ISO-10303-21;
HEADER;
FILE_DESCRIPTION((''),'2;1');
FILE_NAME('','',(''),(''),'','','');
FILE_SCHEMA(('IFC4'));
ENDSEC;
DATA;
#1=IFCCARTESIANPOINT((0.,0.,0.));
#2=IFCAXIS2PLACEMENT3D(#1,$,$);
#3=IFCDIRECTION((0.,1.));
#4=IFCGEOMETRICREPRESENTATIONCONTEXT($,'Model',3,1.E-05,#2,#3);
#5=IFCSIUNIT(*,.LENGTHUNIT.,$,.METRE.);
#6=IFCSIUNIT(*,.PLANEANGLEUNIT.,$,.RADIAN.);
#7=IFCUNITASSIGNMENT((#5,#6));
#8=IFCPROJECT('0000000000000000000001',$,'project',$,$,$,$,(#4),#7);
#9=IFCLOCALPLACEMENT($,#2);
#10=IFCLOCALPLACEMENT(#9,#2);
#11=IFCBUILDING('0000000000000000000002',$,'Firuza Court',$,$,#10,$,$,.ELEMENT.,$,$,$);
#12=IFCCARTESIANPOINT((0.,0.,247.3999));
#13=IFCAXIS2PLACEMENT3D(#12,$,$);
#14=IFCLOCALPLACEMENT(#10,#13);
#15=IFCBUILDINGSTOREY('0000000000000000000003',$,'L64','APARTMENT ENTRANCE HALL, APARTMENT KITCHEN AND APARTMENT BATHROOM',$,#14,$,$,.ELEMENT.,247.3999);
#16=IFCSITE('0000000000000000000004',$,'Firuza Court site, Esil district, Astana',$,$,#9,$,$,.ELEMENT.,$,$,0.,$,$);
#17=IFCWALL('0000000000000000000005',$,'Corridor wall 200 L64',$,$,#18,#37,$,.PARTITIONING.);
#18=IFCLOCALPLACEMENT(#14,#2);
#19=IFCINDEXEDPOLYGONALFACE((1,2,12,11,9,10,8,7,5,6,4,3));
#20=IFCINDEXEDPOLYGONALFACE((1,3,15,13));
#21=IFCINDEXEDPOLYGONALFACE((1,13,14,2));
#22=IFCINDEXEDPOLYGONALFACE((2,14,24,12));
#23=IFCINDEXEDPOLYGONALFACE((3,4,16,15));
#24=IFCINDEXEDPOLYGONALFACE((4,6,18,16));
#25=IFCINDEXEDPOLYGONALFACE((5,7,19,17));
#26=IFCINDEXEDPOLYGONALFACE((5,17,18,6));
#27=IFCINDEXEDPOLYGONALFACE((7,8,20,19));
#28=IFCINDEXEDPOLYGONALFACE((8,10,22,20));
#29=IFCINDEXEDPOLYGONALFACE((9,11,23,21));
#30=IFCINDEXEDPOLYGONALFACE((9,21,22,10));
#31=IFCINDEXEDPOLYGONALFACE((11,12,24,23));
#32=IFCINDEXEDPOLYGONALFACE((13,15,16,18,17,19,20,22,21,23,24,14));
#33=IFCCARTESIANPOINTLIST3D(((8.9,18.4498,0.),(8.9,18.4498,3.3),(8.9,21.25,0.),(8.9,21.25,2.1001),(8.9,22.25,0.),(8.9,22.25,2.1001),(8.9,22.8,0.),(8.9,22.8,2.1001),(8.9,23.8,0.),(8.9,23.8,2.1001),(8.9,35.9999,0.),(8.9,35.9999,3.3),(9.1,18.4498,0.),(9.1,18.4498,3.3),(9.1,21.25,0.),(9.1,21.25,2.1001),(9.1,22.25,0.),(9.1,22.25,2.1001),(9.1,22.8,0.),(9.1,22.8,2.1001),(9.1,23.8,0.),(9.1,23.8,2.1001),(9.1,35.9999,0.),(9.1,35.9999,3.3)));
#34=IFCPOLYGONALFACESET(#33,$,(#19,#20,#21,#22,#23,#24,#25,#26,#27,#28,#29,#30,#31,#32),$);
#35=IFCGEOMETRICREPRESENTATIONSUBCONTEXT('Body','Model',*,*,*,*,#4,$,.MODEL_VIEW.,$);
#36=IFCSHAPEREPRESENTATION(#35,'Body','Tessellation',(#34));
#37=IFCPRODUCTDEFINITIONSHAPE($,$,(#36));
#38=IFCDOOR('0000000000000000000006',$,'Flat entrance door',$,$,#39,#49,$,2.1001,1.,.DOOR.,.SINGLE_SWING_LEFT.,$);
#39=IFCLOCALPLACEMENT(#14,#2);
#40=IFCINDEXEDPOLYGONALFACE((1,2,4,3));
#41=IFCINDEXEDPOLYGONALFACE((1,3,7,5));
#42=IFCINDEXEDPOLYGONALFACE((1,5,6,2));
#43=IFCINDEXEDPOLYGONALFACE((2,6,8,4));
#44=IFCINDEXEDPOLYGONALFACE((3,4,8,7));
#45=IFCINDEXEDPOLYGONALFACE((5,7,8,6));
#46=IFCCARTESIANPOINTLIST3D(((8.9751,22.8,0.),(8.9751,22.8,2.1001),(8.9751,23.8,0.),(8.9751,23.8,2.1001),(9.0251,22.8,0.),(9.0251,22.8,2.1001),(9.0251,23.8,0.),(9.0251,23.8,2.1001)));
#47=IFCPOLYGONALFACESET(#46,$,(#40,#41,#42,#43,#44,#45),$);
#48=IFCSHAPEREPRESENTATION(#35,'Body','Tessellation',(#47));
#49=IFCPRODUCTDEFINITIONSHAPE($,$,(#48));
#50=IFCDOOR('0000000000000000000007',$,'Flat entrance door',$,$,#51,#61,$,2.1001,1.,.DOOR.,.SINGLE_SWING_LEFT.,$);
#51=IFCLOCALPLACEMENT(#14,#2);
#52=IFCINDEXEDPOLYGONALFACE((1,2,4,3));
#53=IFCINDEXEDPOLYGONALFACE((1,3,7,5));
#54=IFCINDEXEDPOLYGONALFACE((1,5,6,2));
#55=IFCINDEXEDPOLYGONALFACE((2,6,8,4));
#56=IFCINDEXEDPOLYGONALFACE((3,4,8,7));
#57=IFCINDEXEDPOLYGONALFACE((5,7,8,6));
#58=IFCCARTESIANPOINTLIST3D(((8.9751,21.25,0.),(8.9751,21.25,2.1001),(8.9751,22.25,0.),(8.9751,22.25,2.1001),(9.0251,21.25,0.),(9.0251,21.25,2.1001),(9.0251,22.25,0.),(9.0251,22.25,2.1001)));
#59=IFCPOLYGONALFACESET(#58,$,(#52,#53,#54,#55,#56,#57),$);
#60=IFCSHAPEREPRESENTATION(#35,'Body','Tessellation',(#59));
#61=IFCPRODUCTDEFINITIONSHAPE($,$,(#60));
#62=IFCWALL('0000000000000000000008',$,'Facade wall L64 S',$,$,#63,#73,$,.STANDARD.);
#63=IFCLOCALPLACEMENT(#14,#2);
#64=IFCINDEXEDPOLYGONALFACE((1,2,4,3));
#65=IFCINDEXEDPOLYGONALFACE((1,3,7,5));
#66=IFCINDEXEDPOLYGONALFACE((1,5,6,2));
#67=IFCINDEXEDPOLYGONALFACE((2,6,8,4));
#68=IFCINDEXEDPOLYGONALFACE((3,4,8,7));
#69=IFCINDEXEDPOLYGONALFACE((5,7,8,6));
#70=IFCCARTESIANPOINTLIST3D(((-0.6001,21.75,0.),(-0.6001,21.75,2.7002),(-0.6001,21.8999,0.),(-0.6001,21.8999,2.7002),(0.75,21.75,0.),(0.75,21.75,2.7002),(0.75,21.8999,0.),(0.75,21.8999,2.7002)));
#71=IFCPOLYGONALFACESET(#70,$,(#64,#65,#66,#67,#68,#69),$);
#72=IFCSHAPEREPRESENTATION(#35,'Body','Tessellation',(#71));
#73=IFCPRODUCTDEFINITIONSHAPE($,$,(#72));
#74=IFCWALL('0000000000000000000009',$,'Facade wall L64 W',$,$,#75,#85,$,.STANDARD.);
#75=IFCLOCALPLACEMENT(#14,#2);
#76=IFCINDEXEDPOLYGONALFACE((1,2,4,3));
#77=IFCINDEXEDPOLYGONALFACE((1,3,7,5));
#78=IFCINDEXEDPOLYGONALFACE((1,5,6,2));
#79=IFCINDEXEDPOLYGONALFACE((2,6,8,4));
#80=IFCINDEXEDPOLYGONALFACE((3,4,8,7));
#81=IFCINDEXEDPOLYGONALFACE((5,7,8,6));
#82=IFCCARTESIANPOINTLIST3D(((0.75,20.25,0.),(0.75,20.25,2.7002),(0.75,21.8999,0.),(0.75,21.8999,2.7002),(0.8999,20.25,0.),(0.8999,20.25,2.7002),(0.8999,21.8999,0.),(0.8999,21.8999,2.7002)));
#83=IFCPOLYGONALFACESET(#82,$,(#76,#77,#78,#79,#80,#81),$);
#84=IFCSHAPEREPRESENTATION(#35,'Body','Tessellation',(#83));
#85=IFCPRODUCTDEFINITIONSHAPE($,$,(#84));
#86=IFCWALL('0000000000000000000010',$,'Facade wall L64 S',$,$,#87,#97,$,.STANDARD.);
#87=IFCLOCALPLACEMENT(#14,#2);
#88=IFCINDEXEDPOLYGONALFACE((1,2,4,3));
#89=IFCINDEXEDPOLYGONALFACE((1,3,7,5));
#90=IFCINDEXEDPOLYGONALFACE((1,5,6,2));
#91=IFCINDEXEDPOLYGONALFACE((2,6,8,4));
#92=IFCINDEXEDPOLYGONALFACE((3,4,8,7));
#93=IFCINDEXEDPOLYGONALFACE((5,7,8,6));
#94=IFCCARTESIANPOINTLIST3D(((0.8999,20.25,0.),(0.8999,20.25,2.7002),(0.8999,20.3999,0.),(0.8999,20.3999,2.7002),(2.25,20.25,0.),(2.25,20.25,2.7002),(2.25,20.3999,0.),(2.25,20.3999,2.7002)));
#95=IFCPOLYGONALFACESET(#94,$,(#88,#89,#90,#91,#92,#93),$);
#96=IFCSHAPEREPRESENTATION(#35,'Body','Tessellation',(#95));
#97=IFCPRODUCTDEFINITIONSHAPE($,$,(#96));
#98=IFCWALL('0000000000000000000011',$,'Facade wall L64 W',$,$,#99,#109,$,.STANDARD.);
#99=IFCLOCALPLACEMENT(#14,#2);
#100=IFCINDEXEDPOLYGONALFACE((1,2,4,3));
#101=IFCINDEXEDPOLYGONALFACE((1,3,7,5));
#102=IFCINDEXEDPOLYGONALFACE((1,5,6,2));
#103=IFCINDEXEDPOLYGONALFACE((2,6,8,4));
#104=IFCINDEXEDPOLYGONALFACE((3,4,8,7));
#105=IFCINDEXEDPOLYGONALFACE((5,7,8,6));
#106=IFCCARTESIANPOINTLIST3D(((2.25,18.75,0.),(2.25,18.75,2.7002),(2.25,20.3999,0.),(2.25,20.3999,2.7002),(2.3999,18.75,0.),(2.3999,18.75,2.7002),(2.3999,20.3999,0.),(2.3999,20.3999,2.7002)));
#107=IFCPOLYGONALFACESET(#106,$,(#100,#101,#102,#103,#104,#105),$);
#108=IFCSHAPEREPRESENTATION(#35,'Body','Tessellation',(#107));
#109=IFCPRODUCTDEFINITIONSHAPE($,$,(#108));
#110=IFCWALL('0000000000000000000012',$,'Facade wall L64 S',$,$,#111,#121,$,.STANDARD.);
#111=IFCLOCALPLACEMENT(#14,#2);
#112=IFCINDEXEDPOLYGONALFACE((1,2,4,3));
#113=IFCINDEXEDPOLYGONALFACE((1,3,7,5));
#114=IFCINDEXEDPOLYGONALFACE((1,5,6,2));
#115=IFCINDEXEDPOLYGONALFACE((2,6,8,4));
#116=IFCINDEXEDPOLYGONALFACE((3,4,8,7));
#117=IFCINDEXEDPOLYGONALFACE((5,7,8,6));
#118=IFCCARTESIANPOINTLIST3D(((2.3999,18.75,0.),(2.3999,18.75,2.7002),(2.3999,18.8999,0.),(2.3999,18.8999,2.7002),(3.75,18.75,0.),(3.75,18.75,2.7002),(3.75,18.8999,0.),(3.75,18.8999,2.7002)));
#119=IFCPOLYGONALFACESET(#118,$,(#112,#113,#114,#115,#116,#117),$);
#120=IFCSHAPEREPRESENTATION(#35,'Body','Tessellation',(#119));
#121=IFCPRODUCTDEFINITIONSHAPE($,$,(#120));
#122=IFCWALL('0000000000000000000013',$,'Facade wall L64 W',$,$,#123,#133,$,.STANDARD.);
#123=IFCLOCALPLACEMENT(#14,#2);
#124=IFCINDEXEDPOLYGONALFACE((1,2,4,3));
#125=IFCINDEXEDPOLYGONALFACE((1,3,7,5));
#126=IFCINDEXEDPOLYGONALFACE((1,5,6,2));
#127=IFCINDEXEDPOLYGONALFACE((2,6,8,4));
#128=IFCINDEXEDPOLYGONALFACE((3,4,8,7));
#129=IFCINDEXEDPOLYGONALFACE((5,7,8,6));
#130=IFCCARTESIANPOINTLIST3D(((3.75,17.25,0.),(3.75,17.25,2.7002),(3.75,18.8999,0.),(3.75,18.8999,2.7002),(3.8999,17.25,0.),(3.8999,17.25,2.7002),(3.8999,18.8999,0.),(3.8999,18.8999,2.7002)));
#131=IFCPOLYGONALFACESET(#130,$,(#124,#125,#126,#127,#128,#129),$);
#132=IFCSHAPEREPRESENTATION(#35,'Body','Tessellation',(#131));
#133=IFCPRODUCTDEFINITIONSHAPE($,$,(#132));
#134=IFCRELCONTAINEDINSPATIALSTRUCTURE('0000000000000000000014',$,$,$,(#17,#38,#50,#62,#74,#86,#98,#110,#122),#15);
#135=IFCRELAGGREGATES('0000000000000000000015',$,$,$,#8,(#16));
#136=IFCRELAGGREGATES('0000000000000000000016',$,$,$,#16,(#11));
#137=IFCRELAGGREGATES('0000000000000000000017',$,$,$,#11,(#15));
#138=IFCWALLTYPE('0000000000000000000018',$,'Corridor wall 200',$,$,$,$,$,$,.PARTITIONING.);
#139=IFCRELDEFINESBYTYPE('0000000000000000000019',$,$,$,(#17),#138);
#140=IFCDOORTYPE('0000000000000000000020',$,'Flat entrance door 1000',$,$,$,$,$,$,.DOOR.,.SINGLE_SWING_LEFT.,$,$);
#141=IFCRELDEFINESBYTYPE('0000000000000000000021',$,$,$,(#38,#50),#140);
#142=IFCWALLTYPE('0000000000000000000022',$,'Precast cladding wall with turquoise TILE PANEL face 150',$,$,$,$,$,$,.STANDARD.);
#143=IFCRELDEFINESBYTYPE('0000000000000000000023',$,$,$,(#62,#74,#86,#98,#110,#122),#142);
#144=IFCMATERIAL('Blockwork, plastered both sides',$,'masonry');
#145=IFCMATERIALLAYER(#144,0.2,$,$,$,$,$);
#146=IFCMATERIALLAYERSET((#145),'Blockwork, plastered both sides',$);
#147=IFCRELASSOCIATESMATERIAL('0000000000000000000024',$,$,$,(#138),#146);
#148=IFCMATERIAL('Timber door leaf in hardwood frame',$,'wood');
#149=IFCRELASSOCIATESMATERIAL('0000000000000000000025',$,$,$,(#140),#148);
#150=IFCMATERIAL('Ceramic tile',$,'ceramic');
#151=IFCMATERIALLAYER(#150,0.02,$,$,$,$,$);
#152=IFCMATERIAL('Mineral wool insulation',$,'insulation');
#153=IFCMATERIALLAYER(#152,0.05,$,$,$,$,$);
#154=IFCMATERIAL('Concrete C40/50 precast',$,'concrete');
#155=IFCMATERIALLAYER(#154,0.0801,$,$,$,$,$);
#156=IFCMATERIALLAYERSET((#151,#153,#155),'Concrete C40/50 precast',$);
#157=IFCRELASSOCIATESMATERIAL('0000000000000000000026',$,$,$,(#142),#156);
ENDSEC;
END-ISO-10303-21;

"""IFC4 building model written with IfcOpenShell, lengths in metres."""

from ifc_helpers import new_model, si_unit, direction, frame, frame_2d, origin, place, context, subcontext, project, spatial, rectangle, extrude, material, layer, layer_set, type_object, element, fill, save


model = new_model("IFC4")

# Units and contexts
model_context = context("Model", 3, precision=1e-05, world=origin(), true_north=direction((0.0, 1.0)))
body_context = subcontext(model_context, "Body", "Model", "MODEL_VIEW")
ifc_project = project(units=[si_unit("LENGTHUNIT", "METRE"), si_unit("PLANEANGLEUNIT", "RADIAN")], contexts=[model_context])

# Site, building, storey
site_placement = place(None, origin())
site = spatial("IfcSite", under=ifc_project, at=site_placement, Name="Firuza Court site, Esil district, Astana", CompositionType="ELEMENT", RefElevation=0.0)
building_placement = place(site_placement, origin())
building = spatial("IfcBuilding", under=site, at=building_placement, Name="Firuza Court", CompositionType="ELEMENT")
storey_placement = place(building_placement, frame((0.0, 0.0, 247.3999)))
storey = spatial("IfcBuildingStorey", under=building, at=storey_placement, Name="L64", Description="APARTMENT ENTRANCE HALL, APARTMENT KITCHEN AND APARTMENT BATHROOM", CompositionType="ELEMENT", Elevation=247.3999)

# Shared definitions
ifc_material_1 = material(Name="Concrete C40/50 precast", Category="concrete")

# Shared definitions
ifc_material_2 = material(Name="Blockwork, plastered both sides", Category="masonry")
ifc_layer_1 = layer(ifc_material_2, 0.2)
ifc_layer_set_1 = layer_set([ifc_layer_1], Name="Blockwork, plastered both sides")
wall_type_1 = type_object("IfcWallType", Name="Corridor wall 200", PredefinedType="PARTITIONING", material=ifc_layer_set_1)

# Wall, openings, doors
wall_1_placement = place(storey_placement, frame((9.0, 18.45, 0.0), z_axis=(0.0, 0.0, 1.0), x_axis=(0.0, 1.0, 0.0)))
wall_1 = element("IfcWall", 1, at=wall_1_placement, inside=storey, type_object=wall_type_1, Name="Corridor wall 200 L64", PredefinedType="PARTITIONING", context=body_context, shape_type="SweptSolid", body=[
    extrude(rectangle(XDim=17.55, YDim=0.2, at=frame_2d((8.7749, 0.0))), origin(), (0.0, 0.0, 1.0), 3.3),
])
opening_1_placement = place(wall_1_placement, frame((4.3501, 0.0, 0.0)))
opening_1 = element("IfcOpeningElement", 2, at=opening_1_placement, cuts=wall_1, PredefinedType="OPENING", context=body_context, shape_type="SweptSolid", body=[
    extrude(rectangle(XDim=1.0, YDim=2.1001, at=frame_2d((0.5, 1.05))), frame((0.0, 0.1118, 0.0), z_axis=(0.0, -1.0, 0.0), x_axis=(1.0, 0.0, 0.0)), (0.0, 0.0, 1.0), 0.2239),
])
opening_2_placement = place(wall_1_placement, frame((2.8, 0.0, 0.0)))
opening_2 = element("IfcOpeningElement", 3, at=opening_2_placement, cuts=wall_1, PredefinedType="OPENING", context=body_context, shape_type="SweptSolid", body=[
    extrude(rectangle(XDim=1.0, YDim=2.1001, at=frame_2d((0.5, 1.05))), frame((0.0, 0.1118, 0.0), z_axis=(0.0, -1.0, 0.0), x_axis=(1.0, 0.0, 0.0)), (0.0, 0.0, 1.0), 0.2239),
])
ifc_material_3 = material(Name="Timber door leaf in hardwood frame", Category="wood")
door_type_1 = type_object("IfcDoorType", Name="Flat entrance door 1000", OperationType="SINGLE_SWING_LEFT", PredefinedType="DOOR", material=ifc_material_3)
door_1_placement = place(opening_1_placement, origin())
door_1 = element("IfcDoor", 4, at=door_1_placement, inside=storey, type_object=door_type_1, Name="Flat entrance door", OperationType="SINGLE_SWING_LEFT", OverallHeight=2.1001, OverallWidth=1.0, PredefinedType="DOOR", context=body_context, shape_type="SweptSolid", body=[
    extrude(rectangle(XDim=1.0, YDim=2.1001, at=frame_2d((0.5, 1.05))), frame((0.0, 0.0249, 0.0), z_axis=(0.0, -1.0, 0.0), x_axis=(1.0, 0.0, 0.0)), (0.0, 0.0, 1.0), 0.05),
])
fill(opening_1, door_1)
door_2_placement = place(opening_2_placement, origin())
door_2 = element("IfcDoor", 5, at=door_2_placement, inside=storey, type_object=door_type_1, Name="Flat entrance door", OperationType="SINGLE_SWING_LEFT", OverallHeight=2.1001, OverallWidth=1.0, PredefinedType="DOOR", context=body_context, shape_type="SweptSolid", body=[
    extrude(rectangle(XDim=1.0, YDim=2.1001, at=frame_2d((0.5, 1.05))), frame((0.0, 0.0249, 0.0), z_axis=(0.0, -1.0, 0.0), x_axis=(1.0, 0.0, 0.0)), (0.0, 0.0, 1.0), 0.05),
])
fill(opening_2, door_2)

# Walls
ifc_material_4 = material(Name="Ceramic tile", Category="ceramic")
ifc_layer_2 = layer(ifc_material_4, 0.02)
ifc_material_5 = material(Name="Mineral wool insulation", Category="insulation")
ifc_layer_3 = layer(ifc_material_5, 0.05)
ifc_layer_4 = layer(ifc_material_1, 0.0801)
ifc_layer_set_2 = layer_set([ifc_layer_2, ifc_layer_3, ifc_layer_4], Name="Concrete C40/50 precast")
wall_type_2 = type_object("IfcWallType", Name="Precast cladding wall with turquoise TILE PANEL face 150", PredefinedType="STANDARD", material=ifc_layer_set_2)
wall_2_placement = place(storey_placement, frame((-0.6001, 21.825, 0.0), z_axis=(0.0, 0.0, 1.0), x_axis=(1.0, 0.0, 0.0)))
element("IfcWall", 6, at=wall_2_placement, inside=storey, type_object=wall_type_2, Name="Facade wall L64 S", PredefinedType="STANDARD", context=body_context, shape_type="SweptSolid", body=[
    extrude(rectangle(XDim=1.3501, YDim=0.1499, at=frame_2d((0.675, 0.0))), origin(), (0.0, 0.0, 1.0), 2.7002),
])
wall_3_placement = place(storey_placement, frame((0.825, 21.8999, 0.0), z_axis=(0.0, 0.0, 1.0), x_axis=(0.0, -1.0, 0.0)))
element("IfcWall", 7, at=wall_3_placement, inside=storey, type_object=wall_type_2, Name="Facade wall L64 W", PredefinedType="STANDARD", context=body_context, shape_type="SweptSolid", body=[
    extrude(rectangle(XDim=1.6499, YDim=0.1499, at=frame_2d((0.825, 0.0))), origin(), (0.0, 0.0, 1.0), 2.7002),
])
wall_4_placement = place(storey_placement, frame((0.8999, 20.325, 0.0), z_axis=(0.0, 0.0, 1.0), x_axis=(1.0, 0.0, 0.0)))
element("IfcWall", 8, at=wall_4_placement, inside=storey, type_object=wall_type_2, Name="Facade wall L64 S", PredefinedType="STANDARD", context=body_context, shape_type="SweptSolid", body=[
    extrude(rectangle(XDim=1.3501, YDim=0.1499, at=frame_2d((0.675, 0.0))), origin(), (0.0, 0.0, 1.0), 2.7002),
])
wall_5_placement = place(storey_placement, frame((2.325, 20.3999, 0.0), z_axis=(0.0, 0.0, 1.0), x_axis=(0.0, -1.0, 0.0)))
element("IfcWall", 9, at=wall_5_placement, inside=storey, type_object=wall_type_2, Name="Facade wall L64 W", PredefinedType="STANDARD", context=body_context, shape_type="SweptSolid", body=[
    extrude(rectangle(XDim=1.6499, YDim=0.1499, at=frame_2d((0.825, 0.0))), origin(), (0.0, 0.0, 1.0), 2.7002),
])
wall_6_placement = place(storey_placement, frame((2.3999, 18.825, 0.0), z_axis=(0.0, 0.0, 1.0), x_axis=(1.0, 0.0, 0.0)))
element("IfcWall", 10, at=wall_6_placement, inside=storey, type_object=wall_type_2, Name="Facade wall L64 S", PredefinedType="STANDARD", context=body_context, shape_type="SweptSolid", body=[
    extrude(rectangle(XDim=1.3501, YDim=0.1499, at=frame_2d((0.675, 0.0))), origin(), (0.0, 0.0, 1.0), 2.7002),
])
wall_7_placement = place(storey_placement, frame((3.825, 18.8999, 0.0), z_axis=(0.0, 0.0, 1.0), x_axis=(0.0, -1.0, 0.0)))
element("IfcWall", 11, at=wall_7_placement, inside=storey, type_object=wall_type_2, Name="Facade wall L64 W", PredefinedType="STANDARD", context=body_context, shape_type="SweptSolid", body=[
    extrude(rectangle(XDim=1.6499, YDim=0.1499, at=frame_2d((0.825, 0.0))), origin(), (0.0, 0.0, 1.0), 2.7002),
])

save(model, "model.ifc")
